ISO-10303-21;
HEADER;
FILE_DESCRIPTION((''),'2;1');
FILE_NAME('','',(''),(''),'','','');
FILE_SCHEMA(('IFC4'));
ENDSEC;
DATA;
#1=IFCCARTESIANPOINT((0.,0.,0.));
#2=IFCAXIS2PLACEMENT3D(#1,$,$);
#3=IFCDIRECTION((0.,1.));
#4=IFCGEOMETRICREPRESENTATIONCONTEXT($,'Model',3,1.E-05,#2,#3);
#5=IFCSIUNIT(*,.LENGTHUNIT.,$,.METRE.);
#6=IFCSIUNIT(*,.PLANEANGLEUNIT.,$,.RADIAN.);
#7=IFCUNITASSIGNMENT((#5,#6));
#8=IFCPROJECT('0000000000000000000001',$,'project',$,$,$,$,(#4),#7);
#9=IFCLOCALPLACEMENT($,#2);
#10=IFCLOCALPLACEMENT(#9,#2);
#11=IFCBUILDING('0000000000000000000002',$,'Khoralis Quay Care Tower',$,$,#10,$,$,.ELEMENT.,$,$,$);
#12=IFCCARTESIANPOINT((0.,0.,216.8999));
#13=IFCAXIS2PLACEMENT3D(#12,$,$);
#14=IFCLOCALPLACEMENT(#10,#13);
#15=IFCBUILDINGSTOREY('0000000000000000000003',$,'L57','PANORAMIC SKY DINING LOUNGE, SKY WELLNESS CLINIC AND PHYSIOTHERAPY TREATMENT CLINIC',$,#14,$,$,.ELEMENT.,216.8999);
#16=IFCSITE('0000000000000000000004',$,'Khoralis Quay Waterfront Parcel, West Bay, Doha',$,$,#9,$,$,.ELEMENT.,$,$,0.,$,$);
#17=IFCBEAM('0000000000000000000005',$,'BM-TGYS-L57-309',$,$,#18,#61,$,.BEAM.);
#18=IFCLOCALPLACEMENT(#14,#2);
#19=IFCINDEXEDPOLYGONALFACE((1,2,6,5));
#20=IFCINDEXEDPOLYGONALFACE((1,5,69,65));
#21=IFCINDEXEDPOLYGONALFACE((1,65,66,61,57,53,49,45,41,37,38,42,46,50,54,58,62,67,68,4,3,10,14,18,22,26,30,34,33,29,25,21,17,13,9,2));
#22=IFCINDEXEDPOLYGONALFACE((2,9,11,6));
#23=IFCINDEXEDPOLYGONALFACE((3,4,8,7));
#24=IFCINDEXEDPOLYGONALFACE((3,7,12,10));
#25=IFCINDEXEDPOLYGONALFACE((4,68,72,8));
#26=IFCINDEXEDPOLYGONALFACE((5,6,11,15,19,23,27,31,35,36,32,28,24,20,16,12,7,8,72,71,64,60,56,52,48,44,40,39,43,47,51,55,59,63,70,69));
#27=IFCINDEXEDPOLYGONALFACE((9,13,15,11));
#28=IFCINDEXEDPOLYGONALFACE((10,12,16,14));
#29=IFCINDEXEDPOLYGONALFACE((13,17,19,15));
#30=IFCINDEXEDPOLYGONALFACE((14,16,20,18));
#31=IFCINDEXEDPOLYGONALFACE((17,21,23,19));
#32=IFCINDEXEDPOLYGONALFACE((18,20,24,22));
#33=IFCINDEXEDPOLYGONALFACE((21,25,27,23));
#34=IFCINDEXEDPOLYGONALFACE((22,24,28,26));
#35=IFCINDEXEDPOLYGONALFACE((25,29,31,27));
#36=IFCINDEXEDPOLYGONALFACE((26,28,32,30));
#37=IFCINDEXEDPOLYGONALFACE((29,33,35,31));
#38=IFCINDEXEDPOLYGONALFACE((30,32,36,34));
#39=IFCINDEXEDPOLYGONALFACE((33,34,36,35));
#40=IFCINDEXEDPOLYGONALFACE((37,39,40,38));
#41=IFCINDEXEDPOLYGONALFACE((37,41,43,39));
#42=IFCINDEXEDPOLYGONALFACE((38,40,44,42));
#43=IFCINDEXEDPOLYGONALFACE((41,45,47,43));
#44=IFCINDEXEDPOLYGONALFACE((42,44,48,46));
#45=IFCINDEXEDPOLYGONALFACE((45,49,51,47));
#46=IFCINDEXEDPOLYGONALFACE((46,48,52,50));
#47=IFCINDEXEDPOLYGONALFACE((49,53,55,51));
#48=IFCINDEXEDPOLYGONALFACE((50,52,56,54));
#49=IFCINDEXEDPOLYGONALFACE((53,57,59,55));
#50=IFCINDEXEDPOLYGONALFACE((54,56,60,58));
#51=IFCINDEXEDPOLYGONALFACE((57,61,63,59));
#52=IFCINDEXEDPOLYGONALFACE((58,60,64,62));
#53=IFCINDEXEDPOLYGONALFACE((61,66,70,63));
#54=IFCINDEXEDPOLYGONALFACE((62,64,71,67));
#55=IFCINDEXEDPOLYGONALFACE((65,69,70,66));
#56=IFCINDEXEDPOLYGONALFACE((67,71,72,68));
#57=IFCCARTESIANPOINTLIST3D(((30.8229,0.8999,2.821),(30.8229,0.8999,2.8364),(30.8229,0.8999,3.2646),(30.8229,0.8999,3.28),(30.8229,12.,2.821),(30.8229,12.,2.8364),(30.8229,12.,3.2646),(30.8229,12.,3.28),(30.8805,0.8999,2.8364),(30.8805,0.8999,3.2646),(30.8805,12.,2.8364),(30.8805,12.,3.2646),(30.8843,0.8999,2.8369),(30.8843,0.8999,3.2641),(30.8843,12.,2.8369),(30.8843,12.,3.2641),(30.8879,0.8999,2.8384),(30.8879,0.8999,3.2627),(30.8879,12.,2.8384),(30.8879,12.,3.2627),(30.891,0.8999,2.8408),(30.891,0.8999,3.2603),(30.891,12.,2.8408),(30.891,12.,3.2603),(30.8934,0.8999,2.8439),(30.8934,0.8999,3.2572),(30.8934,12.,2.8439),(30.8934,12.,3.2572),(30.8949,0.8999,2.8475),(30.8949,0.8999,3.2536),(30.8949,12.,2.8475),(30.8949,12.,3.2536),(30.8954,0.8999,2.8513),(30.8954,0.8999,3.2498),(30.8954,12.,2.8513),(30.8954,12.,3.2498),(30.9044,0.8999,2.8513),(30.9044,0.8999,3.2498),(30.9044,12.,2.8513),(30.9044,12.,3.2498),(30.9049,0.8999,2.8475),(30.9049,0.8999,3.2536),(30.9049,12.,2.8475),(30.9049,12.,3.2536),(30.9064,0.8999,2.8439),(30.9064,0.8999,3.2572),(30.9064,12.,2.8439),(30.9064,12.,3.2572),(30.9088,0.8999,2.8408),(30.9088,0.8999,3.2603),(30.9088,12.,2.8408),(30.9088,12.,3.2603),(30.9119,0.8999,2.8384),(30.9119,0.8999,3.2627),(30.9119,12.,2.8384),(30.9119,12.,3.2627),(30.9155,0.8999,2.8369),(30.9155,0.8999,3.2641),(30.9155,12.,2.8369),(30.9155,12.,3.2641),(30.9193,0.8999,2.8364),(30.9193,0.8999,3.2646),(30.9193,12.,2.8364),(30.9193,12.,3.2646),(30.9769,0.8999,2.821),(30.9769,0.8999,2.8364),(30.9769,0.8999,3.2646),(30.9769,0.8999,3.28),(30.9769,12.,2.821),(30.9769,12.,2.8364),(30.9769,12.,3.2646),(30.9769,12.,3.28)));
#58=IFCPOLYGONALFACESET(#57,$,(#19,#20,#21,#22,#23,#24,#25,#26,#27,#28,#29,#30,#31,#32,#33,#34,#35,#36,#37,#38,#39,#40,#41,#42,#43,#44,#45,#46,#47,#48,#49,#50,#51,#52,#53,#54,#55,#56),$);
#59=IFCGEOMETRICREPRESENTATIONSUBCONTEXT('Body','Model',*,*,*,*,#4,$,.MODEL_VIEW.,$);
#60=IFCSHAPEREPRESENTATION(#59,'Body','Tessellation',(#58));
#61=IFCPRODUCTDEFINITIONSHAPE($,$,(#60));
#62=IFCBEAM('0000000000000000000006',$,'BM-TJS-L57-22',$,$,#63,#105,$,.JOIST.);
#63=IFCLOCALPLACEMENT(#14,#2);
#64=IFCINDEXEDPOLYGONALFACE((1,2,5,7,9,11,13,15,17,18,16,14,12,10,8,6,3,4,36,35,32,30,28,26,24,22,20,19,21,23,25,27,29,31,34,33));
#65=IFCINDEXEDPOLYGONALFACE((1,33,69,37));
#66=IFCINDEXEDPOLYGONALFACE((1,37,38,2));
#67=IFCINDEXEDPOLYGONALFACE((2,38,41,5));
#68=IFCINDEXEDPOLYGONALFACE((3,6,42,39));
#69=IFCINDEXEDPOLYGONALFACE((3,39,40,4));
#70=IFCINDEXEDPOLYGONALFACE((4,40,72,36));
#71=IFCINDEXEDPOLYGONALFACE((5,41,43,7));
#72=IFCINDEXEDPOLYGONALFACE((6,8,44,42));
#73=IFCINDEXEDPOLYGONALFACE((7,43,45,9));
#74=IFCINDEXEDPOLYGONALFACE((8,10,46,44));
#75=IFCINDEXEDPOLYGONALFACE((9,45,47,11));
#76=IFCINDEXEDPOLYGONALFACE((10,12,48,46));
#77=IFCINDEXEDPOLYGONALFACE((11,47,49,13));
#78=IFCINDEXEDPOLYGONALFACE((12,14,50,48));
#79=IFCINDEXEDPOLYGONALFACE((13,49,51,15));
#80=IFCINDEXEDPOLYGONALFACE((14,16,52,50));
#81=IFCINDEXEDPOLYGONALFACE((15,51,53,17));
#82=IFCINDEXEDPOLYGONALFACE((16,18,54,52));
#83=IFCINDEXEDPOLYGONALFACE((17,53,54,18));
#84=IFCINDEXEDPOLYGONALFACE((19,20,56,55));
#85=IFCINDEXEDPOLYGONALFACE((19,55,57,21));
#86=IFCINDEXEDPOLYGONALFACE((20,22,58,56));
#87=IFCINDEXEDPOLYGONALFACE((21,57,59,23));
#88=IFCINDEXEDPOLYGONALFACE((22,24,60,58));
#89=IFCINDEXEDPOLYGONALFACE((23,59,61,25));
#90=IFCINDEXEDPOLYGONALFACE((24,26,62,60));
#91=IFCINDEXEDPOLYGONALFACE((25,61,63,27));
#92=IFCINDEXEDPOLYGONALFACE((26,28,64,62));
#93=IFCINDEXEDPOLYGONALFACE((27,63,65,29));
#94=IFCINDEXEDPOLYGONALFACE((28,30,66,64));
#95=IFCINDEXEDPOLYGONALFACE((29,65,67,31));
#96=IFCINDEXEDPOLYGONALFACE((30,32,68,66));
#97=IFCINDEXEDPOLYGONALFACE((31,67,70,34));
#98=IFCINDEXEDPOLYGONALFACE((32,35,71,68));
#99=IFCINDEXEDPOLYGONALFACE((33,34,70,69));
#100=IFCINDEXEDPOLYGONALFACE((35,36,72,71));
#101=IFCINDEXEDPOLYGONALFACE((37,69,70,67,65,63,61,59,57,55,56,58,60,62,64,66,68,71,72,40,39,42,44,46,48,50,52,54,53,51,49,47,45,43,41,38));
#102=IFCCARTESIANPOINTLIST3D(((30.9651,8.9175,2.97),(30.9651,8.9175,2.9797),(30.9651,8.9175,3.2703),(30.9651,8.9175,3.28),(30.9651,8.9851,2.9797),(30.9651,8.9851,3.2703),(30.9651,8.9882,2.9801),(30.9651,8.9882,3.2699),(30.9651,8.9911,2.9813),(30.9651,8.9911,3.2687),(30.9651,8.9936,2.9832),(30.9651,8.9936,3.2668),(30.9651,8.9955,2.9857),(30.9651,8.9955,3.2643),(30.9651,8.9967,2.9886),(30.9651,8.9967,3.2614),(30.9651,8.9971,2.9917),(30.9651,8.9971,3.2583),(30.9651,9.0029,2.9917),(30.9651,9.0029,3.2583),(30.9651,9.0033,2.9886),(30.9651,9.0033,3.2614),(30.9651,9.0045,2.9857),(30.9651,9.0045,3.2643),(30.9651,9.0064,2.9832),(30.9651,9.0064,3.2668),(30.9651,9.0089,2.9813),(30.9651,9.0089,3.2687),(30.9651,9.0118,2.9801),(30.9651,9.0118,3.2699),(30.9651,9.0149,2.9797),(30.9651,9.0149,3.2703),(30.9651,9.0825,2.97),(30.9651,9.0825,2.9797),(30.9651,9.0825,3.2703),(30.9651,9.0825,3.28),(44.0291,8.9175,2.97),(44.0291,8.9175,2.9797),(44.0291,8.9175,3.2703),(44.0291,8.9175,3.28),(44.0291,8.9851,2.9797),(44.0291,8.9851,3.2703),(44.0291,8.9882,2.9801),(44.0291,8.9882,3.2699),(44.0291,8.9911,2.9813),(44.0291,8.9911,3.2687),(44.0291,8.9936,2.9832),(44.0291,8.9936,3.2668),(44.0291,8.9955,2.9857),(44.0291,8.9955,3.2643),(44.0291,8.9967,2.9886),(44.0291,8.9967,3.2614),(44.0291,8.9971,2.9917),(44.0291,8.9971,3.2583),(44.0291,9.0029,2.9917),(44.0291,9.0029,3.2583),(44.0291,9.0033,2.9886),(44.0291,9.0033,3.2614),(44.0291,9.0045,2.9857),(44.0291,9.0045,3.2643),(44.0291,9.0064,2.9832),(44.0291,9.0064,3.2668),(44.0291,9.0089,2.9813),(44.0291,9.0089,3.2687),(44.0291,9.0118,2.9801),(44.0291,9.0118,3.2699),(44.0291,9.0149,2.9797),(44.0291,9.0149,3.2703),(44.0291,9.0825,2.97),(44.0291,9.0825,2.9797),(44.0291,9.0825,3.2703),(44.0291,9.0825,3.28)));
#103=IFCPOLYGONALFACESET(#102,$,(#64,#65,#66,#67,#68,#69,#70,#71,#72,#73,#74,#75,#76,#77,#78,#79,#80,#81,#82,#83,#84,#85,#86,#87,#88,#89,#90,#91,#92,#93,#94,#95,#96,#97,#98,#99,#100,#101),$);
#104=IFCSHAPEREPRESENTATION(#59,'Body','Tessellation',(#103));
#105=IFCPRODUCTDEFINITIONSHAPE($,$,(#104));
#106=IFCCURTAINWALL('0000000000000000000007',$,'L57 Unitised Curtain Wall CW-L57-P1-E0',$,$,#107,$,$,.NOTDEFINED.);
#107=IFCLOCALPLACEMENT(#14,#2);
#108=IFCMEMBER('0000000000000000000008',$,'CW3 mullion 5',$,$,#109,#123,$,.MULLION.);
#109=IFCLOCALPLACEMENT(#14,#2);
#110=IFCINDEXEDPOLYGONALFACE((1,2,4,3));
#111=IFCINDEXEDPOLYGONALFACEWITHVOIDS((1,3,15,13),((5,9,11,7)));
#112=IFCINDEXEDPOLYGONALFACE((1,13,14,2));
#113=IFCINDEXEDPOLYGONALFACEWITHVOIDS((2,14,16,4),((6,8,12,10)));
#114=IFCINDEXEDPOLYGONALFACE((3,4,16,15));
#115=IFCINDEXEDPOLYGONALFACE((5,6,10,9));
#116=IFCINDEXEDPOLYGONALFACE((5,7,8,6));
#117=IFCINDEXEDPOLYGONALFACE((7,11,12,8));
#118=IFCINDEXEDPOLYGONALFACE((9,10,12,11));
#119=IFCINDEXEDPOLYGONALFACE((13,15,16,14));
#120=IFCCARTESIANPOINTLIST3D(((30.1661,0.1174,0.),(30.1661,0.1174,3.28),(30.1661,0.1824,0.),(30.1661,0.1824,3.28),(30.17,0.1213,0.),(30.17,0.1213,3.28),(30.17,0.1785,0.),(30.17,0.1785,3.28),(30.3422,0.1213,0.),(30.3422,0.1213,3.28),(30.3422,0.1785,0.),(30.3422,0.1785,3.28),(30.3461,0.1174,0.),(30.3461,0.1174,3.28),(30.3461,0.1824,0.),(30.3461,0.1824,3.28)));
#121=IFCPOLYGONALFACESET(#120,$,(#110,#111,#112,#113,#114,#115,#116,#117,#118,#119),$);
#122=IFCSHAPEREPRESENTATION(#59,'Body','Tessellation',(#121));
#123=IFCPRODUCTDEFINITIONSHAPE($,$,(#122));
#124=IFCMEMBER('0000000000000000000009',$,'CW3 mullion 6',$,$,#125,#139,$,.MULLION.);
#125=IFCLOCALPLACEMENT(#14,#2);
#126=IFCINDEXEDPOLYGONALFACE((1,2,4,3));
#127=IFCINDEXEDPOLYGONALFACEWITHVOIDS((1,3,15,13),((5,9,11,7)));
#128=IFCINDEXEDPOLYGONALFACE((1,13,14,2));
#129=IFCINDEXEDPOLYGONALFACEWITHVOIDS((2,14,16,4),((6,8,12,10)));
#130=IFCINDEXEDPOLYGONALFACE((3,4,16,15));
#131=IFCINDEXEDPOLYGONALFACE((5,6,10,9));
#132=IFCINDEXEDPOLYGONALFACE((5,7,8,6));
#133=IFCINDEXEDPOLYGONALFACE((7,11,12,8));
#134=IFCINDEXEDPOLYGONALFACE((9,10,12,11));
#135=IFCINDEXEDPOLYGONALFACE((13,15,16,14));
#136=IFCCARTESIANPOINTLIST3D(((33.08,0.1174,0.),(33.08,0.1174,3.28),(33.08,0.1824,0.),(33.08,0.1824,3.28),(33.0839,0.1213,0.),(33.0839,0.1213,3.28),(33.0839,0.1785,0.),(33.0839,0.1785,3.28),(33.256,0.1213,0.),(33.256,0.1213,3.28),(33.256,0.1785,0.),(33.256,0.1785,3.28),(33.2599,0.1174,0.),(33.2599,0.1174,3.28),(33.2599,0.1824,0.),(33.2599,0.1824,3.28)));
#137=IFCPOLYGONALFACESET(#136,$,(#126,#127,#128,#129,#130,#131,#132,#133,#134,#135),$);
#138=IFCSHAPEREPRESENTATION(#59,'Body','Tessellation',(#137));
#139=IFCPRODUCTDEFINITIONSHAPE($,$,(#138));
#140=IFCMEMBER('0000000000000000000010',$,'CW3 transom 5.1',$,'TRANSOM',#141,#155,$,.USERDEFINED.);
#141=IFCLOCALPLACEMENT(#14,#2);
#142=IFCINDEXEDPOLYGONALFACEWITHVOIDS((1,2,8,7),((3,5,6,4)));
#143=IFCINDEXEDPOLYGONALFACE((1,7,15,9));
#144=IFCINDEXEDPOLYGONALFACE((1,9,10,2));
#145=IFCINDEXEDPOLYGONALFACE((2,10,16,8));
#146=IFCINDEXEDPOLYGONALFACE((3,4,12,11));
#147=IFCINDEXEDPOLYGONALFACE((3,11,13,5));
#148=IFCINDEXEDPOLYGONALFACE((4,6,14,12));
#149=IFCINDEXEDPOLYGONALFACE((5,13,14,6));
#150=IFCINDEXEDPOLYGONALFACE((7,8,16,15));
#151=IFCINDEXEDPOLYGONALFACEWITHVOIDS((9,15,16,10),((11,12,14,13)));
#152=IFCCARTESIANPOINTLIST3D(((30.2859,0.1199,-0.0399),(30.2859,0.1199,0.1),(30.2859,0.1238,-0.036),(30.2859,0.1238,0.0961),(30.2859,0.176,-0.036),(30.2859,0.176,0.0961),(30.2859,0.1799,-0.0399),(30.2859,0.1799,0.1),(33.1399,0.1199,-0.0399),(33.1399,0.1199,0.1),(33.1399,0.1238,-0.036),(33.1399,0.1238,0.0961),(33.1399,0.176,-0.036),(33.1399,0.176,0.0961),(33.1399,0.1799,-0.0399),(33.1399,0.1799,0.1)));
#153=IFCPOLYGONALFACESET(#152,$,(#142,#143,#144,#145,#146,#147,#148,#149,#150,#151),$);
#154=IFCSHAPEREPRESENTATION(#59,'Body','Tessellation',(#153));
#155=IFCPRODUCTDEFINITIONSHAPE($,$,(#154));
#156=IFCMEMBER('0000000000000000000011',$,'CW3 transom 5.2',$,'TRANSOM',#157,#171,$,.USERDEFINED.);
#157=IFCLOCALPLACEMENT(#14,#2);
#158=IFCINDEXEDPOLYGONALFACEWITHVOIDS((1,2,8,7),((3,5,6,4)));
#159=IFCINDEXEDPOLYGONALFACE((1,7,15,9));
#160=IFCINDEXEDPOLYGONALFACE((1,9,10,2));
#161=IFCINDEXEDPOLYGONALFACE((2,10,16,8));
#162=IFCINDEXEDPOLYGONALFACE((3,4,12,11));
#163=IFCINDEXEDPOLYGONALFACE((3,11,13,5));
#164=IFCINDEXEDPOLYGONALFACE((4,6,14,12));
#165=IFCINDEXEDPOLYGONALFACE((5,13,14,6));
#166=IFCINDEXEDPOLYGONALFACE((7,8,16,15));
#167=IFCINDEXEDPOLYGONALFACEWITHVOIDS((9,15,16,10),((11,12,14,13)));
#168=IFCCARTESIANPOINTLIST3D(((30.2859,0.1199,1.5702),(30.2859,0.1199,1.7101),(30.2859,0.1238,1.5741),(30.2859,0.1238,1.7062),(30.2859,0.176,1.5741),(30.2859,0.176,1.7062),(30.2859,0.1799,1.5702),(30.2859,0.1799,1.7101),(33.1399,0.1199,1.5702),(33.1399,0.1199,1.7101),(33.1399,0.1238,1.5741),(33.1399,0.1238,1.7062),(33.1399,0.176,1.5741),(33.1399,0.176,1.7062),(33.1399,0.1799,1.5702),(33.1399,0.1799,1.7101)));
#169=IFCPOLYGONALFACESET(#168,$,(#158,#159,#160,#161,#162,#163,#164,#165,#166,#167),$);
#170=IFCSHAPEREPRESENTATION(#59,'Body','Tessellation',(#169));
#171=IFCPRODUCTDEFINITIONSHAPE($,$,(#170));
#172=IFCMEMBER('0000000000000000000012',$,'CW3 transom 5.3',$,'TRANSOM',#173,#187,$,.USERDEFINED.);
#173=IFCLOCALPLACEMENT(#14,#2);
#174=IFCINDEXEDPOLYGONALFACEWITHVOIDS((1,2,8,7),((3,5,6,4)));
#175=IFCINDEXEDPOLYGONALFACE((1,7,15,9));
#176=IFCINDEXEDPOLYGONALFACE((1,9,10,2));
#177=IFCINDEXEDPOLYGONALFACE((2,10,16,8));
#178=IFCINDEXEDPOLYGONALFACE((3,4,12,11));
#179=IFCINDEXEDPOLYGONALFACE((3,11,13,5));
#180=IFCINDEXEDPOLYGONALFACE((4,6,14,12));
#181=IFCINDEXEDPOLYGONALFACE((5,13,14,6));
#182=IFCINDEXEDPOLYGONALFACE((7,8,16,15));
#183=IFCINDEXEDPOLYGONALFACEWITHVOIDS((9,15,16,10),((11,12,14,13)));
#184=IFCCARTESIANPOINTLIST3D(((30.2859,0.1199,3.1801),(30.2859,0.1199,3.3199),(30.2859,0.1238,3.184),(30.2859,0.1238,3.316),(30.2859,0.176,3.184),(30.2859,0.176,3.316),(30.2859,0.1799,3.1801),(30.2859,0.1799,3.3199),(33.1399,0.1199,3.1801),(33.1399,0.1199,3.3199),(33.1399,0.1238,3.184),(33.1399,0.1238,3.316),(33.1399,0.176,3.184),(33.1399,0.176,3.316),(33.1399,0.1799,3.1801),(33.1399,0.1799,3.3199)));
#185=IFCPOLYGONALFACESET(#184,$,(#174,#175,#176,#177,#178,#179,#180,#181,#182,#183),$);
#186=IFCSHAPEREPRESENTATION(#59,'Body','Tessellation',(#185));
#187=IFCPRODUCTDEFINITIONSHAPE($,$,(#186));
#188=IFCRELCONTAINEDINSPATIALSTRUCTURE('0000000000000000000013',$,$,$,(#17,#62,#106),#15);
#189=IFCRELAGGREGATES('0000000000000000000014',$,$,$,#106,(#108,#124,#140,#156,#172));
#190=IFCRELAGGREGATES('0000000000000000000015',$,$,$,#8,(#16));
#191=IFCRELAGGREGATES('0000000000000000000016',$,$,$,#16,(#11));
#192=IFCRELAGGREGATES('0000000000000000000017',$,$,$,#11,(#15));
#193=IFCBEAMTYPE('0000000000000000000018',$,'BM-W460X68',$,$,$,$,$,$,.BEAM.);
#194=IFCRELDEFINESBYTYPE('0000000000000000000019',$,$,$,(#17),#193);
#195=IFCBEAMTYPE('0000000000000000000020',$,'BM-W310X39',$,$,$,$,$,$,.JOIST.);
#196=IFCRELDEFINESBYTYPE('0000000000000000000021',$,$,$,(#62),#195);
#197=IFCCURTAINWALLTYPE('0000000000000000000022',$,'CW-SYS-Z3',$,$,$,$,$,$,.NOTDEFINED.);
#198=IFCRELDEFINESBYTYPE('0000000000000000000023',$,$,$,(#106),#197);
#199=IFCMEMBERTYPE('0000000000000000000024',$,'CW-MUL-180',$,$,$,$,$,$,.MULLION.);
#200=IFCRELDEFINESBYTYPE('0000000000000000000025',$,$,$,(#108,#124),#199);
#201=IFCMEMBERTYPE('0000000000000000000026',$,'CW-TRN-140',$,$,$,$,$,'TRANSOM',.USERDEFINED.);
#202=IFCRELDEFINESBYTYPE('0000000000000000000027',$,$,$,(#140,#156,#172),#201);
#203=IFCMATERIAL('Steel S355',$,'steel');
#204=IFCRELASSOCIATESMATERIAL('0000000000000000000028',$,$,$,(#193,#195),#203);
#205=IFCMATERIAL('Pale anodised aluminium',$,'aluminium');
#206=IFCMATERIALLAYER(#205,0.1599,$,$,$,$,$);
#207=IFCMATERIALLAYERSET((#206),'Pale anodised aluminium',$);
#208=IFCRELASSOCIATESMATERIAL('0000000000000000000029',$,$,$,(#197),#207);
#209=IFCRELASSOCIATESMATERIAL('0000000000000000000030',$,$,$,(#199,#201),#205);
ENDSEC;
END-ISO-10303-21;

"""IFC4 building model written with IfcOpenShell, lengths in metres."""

from ifc_helpers import new_model, si_unit, direction, frame, origin, origin_2d, place, context, subcontext, project, spatial, hollow_rectangle, i_section, extrude, source, transform, mapped, material, layer, layer_set, material_profile, profile_set, type_object, element, aggregate, save


model = new_model("IFC4")

# Units and contexts
model_context = context("Model", 3, precision=1e-05, world=origin(), true_north=direction((0.0, 1.0)))
body_context = subcontext(model_context, "Body", "Model", "MODEL_VIEW")
ifc_project = project(units=[si_unit("LENGTHUNIT", "METRE"), si_unit("PLANEANGLEUNIT", "RADIAN")], contexts=[model_context])

# Site, building, storey
site_placement = place(None, origin())
site = spatial("IfcSite", under=ifc_project, at=site_placement, Name="Khoralis Quay Waterfront Parcel, West Bay, Doha", CompositionType="ELEMENT", RefElevation=0.0)
building_placement = place(site_placement, origin())
building = spatial("IfcBuilding", under=site, at=building_placement, Name="Khoralis Quay Care Tower", CompositionType="ELEMENT")
storey_placement = place(building_placement, frame((0.0, 0.0, 216.8999)))
storey = spatial("IfcBuildingStorey", under=building, at=storey_placement, Name="L57", Description="PANORAMIC SKY DINING LOUNGE, SKY WELLNESS CLINIC AND PHYSIOTHERAPY TREATMENT CLINIC", CompositionType="ELEMENT", Elevation=216.8999)

# Beams
ifc_material_1 = material(Name="Steel S355", Category="steel")
ifc_material_profile_1 = material_profile(ifc_material_1, i_section(OverallWidth=0.1541, OverallDepth=0.459, WebThickness=0.009, FlangeThickness=0.0154, FilletRadius=0.0149, at=origin_2d()), Name="Steel S355")
ifc_profile_set_1 = profile_set([ifc_material_profile_1], Name="Steel S355")
beam_type_1 = type_object("IfcBeamType", Name="BM-W460X68", PredefinedType="BEAM", material=ifc_profile_set_1)
shared_shape_1 = source(origin(), body_context, "Body", "SweptSolid", [
    extrude(i_section(OverallWidth=0.1541, OverallDepth=0.459, WebThickness=0.009, FlangeThickness=0.0154, FilletRadius=0.0149, at=origin_2d()), origin(), (0.0, 0.0, 1.0), 11.1001),
])
beam_1_placement = place(storey_placement, frame((30.8999, 0.8999, 3.0505), z_axis=(0.0, 1.0, 0.0), x_axis=(-1.0, 0.0, 0.0)))
element("IfcBeam", 1, at=beam_1_placement, inside=storey, type_object=beam_type_1, Name="BM-TGYS-L57-309", PredefinedType="BEAM", context=body_context, shape_type="MappedRepresentation", body=[
    mapped(shared_shape_1, transform((0.0, 0.0, 0.0), scale=1.0)),
])
ifc_material_profile_2 = material_profile(ifc_material_1, i_section(OverallWidth=0.165, OverallDepth=0.3101, WebThickness=0.0059, FlangeThickness=0.0098, FilletRadius=0.012, at=origin_2d()), Name="Steel S355")
ifc_profile_set_2 = profile_set([ifc_material_profile_2], Name="Steel S355")
beam_type_2 = type_object("IfcBeamType", Name="BM-W310X39", PredefinedType="JOIST", material=ifc_profile_set_2)
shared_shape_2 = source(origin(), body_context, "Body", "SweptSolid", [
    extrude(i_section(OverallWidth=0.165, OverallDepth=0.3101, WebThickness=0.0059, FlangeThickness=0.0098, FilletRadius=0.012, at=origin_2d()), origin(), (0.0, 0.0, 1.0), 13.064),
])
beam_2_placement = place(storey_placement, frame((30.9651, 9.0, 3.125), z_axis=(1.0, 0.0, 0.0), x_axis=(0.0, 1.0, 0.0)))
element("IfcBeam", 2, at=beam_2_placement, inside=storey, type_object=beam_type_2, Name="BM-TJS-L57-22", PredefinedType="JOIST", context=body_context, shape_type="MappedRepresentation", body=[
    mapped(shared_shape_2, transform((0.0, 0.0, 0.0), scale=1.0)),
])

# Curtain wall, members
ifc_material_2 = material(Name="Pale anodised aluminium", Category="aluminium")
ifc_layer_1 = layer(ifc_material_2, 0.1599)
ifc_layer_set_1 = layer_set([ifc_layer_1], Name="Pale anodised aluminium")
curtain_wall_type = type_object("IfcCurtainWallType", Name="CW-SYS-Z3", PredefinedType="NOTDEFINED", material=ifc_layer_set_1)
curtain_wall_placement = place(storey_placement, origin())
curtain_wall = element("IfcCurtainWall", 3, at=curtain_wall_placement, inside=storey, type_object=curtain_wall_type, Name="L57 Unitised Curtain Wall CW-L57-P1-E0", PredefinedType="NOTDEFINED")
ifc_material_profile_3 = material_profile(ifc_material_2, hollow_rectangle(XDim=0.0649, YDim=0.1799, WallThickness=0.0039, at=origin_2d()), Name="Pale anodised aluminium")
ifc_profile_set_3 = profile_set([ifc_material_profile_3], Name="Pale anodised aluminium")
member_type_1 = type_object("IfcMemberType", Name="CW-MUL-180", PredefinedType="MULLION", material=ifc_profile_set_3)
shared_shape_3 = source(origin(), body_context, "Body", "SweptSolid", [
    extrude(hollow_rectangle(XDim=0.0649, YDim=0.1799, WallThickness=0.0039, at=origin_2d()), origin(), (0.0, 0.0, 1.0), 3.28),
])
member_1_placement = place(storey_placement, frame((30.2561, 0.1499, 0.0), z_axis=(0.0, 0.0, 1.0), x_axis=(0.0, 1.0, 0.0)))
member_1 = element("IfcMember", 4, at=member_1_placement, type_object=member_type_1, Name="CW3 mullion 5", PredefinedType="MULLION", context=body_context, shape_type="MappedRepresentation", body=[
    mapped(shared_shape_3, transform((0.0, 0.0, 0.0), scale=1.0)),
])
member_2_placement = place(storey_placement, frame((33.1699, 0.1499, 0.0), z_axis=(0.0, 0.0, 1.0), x_axis=(0.0, 1.0, 0.0)))
member_2 = element("IfcMember", 5, at=member_2_placement, type_object=member_type_1, Name="CW3 mullion 6", PredefinedType="MULLION", context=body_context, shape_type="MappedRepresentation", body=[
    mapped(shared_shape_3, transform((0.0, 0.0, 0.0), scale=1.0)),
])
ifc_material_profile_4 = material_profile(ifc_material_2, hollow_rectangle(XDim=0.0601, YDim=0.1399, WallThickness=0.0039, at=origin_2d()), Name="Pale anodised aluminium")
ifc_profile_set_4 = profile_set([ifc_material_profile_4], Name="Pale anodised aluminium")
member_type_2 = type_object("IfcMemberType", Name="CW-TRN-140", ElementType="TRANSOM", PredefinedType="USERDEFINED", material=ifc_profile_set_4)
shared_shape_4 = source(origin(), body_context, "Body", "SweptSolid", [
    extrude(hollow_rectangle(XDim=0.0601, YDim=0.1399, WallThickness=0.0039, at=origin_2d()), origin(), (0.0, 0.0, 1.0), 2.854),
])
member_3_placement = place(storey_placement, frame((30.2859, 0.1499, 0.03), z_axis=(1.0, 0.0, 0.0), x_axis=(0.0, 1.0, 0.0)))
member_3 = element("IfcMember", 6, at=member_3_placement, type_object=member_type_2, Name="CW3 transom 5.1", ObjectType="TRANSOM", PredefinedType="USERDEFINED", context=body_context, shape_type="MappedRepresentation", body=[
    mapped(shared_shape_4, transform((0.0, 0.0, 0.0), scale=1.0)),
])
member_4_placement = place(storey_placement, frame((30.2859, 0.1499, 1.6401), z_axis=(1.0, 0.0, 0.0), x_axis=(0.0, 1.0, 0.0)))
member_4 = element("IfcMember", 7, at=member_4_placement, type_object=member_type_2, Name="CW3 transom 5.2", ObjectType="TRANSOM", PredefinedType="USERDEFINED", context=body_context, shape_type="MappedRepresentation", body=[
    mapped(shared_shape_4, transform((0.0, 0.0, 0.0), scale=1.0)),
])
member_5_placement = place(storey_placement, frame((30.2859, 0.1499, 3.25), z_axis=(1.0, 0.0, 0.0), x_axis=(0.0, 1.0, 0.0)))
member_5 = element("IfcMember", 8, at=member_5_placement, type_object=member_type_2, Name="CW3 transom 5.3", ObjectType="TRANSOM", PredefinedType="USERDEFINED", context=body_context, shape_type="MappedRepresentation", body=[
    mapped(shared_shape_4, transform((0.0, 0.0, 0.0), scale=1.0)),
])
aggregate(curtain_wall, [member_1, member_2, member_3, member_4, member_5])

save(model, "model.ifc")
